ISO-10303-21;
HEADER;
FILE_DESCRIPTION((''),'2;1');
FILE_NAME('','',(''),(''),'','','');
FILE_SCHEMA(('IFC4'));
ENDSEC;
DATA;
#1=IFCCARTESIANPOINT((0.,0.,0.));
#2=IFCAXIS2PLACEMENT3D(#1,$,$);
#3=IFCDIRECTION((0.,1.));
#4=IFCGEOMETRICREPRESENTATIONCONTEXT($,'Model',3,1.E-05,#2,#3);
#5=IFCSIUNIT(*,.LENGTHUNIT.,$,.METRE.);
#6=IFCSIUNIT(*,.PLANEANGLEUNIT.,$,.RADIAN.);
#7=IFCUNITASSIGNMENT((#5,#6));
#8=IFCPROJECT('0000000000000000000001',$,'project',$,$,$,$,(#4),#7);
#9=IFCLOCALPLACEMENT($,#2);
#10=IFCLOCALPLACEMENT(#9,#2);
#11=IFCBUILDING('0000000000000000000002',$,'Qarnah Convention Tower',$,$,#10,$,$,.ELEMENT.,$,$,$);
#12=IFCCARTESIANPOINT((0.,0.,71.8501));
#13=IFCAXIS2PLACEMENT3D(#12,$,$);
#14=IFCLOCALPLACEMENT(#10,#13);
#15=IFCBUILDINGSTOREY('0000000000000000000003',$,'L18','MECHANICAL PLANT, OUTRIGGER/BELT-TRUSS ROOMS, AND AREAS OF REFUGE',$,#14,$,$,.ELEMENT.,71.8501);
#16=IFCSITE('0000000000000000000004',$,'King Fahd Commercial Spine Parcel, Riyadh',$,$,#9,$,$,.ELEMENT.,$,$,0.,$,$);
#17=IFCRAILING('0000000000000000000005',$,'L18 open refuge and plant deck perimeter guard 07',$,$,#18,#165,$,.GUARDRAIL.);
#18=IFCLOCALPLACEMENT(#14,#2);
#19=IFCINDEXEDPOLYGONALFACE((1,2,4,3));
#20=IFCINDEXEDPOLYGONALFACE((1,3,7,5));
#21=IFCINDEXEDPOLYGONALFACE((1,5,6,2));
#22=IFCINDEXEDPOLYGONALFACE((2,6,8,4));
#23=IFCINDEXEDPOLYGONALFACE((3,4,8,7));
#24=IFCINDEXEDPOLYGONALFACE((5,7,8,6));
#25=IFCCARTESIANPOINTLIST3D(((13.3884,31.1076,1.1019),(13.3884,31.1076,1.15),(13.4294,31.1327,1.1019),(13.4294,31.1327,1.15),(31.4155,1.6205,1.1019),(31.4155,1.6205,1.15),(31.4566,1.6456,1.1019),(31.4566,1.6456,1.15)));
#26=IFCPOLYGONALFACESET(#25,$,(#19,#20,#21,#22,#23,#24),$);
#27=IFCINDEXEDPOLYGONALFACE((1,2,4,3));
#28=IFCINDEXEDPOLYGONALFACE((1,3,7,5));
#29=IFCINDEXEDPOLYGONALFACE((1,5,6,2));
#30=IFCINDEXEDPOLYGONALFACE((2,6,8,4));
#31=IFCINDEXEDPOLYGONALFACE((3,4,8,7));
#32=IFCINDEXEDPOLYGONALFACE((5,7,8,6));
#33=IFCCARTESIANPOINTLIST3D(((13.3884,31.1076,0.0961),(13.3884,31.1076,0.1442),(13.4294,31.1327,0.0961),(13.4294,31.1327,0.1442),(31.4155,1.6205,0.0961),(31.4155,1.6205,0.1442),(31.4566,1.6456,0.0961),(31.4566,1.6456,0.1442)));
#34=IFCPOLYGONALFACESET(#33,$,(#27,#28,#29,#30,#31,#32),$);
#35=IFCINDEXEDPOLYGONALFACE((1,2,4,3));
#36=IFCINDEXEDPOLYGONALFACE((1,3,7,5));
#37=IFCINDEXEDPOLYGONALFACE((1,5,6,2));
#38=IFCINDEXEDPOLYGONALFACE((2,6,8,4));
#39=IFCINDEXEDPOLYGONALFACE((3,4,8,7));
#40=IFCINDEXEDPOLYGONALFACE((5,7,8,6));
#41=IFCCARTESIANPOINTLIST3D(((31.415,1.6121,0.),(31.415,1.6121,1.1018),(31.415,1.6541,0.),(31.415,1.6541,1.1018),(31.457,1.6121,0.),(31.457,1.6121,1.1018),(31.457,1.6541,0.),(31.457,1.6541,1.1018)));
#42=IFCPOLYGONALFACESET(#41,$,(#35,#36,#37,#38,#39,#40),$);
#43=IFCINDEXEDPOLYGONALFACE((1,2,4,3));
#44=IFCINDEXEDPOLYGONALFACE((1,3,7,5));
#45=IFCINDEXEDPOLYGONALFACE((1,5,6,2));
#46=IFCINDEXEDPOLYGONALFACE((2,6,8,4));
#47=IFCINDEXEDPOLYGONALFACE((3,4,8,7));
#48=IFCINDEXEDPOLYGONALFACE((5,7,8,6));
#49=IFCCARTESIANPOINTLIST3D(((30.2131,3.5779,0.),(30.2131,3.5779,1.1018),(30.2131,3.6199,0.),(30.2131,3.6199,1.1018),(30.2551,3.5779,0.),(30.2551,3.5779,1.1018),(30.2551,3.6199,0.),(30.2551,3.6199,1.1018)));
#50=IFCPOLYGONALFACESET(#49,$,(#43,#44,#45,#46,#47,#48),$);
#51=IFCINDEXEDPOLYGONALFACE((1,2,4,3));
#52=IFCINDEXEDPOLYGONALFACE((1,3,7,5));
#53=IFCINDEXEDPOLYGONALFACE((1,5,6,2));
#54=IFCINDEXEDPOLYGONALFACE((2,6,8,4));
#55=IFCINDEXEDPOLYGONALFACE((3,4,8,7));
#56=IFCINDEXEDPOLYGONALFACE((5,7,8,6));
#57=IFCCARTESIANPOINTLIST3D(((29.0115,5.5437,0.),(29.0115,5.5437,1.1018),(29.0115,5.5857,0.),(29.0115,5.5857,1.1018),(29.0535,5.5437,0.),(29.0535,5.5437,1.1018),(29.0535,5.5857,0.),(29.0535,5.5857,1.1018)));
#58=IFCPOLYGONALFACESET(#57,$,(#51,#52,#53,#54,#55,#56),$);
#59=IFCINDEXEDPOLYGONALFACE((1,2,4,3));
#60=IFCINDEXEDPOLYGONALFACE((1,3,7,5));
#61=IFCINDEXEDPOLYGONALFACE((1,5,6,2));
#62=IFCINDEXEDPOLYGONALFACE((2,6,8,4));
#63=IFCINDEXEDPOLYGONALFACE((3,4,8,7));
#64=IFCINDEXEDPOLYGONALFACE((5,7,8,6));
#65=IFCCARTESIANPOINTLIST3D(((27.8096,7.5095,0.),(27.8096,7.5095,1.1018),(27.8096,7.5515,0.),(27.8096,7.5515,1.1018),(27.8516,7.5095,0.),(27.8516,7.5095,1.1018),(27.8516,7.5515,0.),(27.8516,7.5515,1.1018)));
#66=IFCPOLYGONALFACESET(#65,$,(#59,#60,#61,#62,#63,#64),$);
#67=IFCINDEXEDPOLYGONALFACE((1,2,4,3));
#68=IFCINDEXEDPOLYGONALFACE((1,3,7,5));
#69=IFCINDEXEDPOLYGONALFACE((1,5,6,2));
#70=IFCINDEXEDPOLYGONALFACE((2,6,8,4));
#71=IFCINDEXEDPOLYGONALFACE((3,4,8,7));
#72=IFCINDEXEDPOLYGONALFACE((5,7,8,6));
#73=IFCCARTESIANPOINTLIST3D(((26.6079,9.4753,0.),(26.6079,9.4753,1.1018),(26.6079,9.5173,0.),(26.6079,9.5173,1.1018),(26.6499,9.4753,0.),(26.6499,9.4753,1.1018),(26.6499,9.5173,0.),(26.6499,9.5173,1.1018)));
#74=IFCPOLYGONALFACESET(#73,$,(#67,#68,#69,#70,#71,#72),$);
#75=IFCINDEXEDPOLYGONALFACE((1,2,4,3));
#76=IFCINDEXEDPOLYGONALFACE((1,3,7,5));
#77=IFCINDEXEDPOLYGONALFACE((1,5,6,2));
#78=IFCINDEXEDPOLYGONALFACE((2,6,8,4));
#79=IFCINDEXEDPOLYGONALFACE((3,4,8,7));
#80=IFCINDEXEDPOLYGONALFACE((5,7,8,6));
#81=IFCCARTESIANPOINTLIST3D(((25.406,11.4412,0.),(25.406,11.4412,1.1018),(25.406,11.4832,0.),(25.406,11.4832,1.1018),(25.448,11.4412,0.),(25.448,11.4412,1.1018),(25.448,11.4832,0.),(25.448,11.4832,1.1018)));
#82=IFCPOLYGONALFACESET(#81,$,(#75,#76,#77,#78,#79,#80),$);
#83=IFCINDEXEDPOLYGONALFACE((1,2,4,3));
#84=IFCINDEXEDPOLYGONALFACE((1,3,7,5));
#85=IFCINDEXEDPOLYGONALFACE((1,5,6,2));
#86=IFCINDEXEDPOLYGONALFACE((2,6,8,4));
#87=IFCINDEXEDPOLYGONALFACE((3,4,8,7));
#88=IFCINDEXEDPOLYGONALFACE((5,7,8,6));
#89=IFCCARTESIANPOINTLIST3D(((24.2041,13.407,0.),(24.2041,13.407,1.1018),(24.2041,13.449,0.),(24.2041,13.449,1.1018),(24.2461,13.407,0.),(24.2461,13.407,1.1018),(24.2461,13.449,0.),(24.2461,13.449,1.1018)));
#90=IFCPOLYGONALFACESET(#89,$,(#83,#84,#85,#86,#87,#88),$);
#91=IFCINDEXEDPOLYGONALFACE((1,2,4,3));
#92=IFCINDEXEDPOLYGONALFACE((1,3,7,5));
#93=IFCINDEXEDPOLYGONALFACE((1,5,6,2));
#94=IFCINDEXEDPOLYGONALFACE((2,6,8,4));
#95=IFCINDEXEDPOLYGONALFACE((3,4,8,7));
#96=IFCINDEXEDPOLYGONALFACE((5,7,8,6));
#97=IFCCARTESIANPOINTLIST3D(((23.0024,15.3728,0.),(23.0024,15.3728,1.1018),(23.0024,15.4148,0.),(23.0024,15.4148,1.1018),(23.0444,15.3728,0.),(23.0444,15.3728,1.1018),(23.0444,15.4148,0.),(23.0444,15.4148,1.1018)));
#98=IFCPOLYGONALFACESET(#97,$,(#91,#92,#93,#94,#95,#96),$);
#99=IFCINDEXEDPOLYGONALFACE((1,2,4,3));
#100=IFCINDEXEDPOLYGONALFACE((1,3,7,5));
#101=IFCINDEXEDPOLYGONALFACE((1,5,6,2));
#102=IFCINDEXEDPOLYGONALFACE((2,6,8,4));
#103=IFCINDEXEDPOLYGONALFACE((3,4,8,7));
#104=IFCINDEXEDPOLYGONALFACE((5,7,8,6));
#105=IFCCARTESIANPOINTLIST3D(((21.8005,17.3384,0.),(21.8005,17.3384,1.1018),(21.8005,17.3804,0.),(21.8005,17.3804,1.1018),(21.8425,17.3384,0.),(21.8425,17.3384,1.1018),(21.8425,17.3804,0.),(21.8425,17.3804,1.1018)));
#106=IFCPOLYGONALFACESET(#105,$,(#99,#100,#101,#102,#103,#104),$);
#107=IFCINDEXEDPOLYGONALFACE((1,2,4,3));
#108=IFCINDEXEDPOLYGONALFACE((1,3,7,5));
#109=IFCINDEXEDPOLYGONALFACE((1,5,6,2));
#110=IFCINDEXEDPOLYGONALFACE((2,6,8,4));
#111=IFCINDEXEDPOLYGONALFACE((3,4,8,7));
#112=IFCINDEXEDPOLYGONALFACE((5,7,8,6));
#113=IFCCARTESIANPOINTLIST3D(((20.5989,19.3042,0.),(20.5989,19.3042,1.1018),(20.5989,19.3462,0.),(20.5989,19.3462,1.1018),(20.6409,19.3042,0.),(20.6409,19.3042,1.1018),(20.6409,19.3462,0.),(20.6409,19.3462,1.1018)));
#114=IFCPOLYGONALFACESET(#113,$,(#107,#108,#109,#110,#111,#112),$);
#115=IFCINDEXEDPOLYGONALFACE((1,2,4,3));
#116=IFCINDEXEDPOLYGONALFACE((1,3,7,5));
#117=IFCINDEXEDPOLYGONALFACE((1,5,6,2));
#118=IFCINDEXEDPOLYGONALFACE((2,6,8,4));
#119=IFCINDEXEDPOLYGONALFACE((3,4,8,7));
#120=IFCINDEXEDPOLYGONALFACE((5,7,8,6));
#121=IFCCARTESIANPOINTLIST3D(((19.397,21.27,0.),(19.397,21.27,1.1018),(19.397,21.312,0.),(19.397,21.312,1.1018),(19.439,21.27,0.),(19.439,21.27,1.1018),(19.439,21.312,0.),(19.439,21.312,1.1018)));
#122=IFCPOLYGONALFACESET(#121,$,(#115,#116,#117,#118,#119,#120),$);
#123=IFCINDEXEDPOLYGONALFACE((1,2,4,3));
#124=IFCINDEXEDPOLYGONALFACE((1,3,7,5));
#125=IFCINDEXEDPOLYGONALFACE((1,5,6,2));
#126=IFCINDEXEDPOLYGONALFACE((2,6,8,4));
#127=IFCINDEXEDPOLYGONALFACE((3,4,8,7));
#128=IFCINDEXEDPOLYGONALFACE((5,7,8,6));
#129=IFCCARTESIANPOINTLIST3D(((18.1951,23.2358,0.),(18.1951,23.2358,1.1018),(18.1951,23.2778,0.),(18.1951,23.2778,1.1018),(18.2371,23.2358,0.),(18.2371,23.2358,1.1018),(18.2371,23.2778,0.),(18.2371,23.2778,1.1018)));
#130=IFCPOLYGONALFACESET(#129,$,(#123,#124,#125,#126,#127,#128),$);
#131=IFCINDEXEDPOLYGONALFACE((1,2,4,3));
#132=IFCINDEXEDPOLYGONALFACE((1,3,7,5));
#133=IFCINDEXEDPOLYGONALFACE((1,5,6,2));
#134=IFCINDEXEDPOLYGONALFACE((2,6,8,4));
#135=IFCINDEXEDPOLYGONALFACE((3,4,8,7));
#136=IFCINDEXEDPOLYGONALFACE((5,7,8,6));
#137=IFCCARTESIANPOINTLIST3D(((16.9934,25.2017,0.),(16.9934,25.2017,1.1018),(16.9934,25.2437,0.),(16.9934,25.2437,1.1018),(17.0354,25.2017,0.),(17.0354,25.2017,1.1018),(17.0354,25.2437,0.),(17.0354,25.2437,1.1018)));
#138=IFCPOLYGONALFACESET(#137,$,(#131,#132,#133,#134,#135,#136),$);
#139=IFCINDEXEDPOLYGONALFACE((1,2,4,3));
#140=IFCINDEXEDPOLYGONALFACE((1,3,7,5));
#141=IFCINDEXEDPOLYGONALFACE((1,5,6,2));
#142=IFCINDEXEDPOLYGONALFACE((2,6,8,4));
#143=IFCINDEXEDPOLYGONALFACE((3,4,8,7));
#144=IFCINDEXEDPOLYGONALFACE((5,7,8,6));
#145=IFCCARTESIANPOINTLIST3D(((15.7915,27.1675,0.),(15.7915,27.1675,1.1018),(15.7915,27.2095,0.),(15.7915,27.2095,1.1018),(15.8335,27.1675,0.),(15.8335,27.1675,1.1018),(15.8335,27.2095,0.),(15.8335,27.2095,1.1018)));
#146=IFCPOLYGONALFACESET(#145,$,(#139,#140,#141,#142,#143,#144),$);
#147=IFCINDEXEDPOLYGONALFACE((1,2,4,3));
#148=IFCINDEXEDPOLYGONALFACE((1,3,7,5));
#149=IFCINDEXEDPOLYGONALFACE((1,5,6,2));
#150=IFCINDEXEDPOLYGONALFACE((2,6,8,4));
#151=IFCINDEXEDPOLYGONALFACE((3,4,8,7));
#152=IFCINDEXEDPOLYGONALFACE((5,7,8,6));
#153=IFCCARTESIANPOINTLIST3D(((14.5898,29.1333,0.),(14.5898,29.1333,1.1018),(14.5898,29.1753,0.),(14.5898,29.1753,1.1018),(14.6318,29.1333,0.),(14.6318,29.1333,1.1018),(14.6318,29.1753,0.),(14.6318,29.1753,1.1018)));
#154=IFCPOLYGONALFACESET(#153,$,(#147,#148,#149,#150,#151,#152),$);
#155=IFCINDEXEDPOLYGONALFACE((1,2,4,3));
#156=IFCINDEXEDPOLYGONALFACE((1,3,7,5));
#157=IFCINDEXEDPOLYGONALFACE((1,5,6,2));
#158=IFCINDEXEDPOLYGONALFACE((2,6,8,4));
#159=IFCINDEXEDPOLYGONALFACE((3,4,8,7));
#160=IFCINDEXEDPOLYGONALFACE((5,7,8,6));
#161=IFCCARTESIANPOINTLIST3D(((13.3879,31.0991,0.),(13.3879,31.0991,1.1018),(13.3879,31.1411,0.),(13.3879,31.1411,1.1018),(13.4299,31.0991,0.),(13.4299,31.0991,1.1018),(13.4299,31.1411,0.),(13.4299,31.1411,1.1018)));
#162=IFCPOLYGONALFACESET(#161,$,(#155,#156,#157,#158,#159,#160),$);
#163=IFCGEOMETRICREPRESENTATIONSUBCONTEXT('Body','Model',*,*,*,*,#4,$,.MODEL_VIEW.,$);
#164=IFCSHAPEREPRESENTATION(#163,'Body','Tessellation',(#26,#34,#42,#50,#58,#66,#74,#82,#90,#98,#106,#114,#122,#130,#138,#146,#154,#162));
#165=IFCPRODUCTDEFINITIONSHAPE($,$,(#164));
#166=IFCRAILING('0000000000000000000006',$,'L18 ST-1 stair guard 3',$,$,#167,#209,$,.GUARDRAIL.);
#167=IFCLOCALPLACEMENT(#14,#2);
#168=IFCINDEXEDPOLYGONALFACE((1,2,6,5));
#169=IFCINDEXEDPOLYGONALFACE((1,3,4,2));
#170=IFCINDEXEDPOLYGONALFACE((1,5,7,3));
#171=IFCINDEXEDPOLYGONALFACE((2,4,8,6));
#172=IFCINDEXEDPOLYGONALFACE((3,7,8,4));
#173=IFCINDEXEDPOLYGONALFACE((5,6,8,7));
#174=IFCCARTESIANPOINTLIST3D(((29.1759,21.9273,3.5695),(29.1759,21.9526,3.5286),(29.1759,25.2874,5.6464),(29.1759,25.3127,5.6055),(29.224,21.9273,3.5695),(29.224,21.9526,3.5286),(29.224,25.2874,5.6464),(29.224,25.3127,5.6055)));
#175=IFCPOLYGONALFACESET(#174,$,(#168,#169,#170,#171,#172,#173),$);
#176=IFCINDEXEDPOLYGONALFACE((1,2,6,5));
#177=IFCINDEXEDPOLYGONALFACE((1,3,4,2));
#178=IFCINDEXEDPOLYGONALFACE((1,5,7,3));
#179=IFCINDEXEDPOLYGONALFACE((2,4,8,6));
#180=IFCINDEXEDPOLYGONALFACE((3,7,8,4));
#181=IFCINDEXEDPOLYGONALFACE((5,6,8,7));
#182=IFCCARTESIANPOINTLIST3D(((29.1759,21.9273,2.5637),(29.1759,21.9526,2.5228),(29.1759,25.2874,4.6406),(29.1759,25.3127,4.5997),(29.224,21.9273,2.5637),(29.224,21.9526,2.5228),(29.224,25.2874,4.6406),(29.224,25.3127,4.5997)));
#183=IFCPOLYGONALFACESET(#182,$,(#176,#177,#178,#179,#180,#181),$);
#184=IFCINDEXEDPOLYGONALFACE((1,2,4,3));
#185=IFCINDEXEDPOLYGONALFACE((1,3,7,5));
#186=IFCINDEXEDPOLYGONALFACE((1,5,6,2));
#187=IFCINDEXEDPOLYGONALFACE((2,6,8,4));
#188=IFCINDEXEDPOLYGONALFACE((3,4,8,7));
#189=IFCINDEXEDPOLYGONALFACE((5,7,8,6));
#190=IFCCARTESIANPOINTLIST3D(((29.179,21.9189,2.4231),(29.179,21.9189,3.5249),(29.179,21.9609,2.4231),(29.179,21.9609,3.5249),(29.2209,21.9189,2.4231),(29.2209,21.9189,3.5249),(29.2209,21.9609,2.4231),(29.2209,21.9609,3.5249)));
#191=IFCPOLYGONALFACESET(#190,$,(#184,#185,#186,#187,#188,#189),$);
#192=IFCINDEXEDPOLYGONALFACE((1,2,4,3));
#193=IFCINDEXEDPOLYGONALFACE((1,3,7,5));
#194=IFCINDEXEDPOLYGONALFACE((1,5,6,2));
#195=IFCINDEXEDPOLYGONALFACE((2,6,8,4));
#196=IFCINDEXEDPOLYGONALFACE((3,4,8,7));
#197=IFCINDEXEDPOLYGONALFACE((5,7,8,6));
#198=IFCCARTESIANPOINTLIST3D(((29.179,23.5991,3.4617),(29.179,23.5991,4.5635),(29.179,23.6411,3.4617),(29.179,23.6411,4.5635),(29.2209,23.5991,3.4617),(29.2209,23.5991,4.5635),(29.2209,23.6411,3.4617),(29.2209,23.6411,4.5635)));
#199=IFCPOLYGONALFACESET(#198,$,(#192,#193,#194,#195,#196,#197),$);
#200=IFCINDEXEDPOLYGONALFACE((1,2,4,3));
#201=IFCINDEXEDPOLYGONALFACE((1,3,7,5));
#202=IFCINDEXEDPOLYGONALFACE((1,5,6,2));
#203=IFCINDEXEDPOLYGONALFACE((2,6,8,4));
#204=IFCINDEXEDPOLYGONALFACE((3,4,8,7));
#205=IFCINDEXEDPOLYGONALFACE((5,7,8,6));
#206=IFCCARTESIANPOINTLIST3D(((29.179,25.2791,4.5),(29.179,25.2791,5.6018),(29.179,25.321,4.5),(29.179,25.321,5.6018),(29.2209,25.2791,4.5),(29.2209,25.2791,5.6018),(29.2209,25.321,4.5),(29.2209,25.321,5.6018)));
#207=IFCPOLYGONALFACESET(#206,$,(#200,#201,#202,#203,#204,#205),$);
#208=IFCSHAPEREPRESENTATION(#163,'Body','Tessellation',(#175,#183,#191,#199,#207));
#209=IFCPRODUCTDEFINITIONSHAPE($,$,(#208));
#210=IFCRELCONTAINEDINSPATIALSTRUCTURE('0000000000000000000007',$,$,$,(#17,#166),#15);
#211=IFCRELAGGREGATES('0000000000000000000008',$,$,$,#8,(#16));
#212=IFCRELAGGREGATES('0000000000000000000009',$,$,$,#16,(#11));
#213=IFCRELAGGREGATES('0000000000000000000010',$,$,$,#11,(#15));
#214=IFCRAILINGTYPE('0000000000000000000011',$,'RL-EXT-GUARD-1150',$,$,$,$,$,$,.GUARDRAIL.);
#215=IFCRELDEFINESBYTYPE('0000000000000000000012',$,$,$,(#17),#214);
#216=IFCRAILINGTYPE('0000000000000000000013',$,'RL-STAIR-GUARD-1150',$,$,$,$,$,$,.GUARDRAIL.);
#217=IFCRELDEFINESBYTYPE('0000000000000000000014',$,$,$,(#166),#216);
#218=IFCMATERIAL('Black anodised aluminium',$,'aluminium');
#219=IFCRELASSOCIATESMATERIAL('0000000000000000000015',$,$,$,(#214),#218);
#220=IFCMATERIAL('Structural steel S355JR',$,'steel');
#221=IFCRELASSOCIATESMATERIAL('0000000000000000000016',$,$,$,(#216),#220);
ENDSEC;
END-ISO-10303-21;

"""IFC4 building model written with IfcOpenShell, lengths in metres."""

from ifc_helpers import new_model, si_unit, direction, frame, origin, origin_2d, place, context, subcontext, project, spatial, rectangle, extrude, material, type_object, element, save


model = new_model("IFC4")

# Units and contexts
model_context = context("Model", 3, precision=1e-05, world=origin(), true_north=direction((0.0, 1.0)))
body_context = subcontext(model_context, "Body", "Model", "MODEL_VIEW")
ifc_project = project(units=[si_unit("LENGTHUNIT", "METRE"), si_unit("PLANEANGLEUNIT", "RADIAN")], contexts=[model_context])

# Site, building, storey
site_placement = place(None, origin())
site = spatial("IfcSite", under=ifc_project, at=site_placement, Name="King Fahd Commercial Spine Parcel, Riyadh", CompositionType="ELEMENT", RefElevation=0.0)
building_placement = place(site_placement, origin())
building = spatial("IfcBuilding", under=site, at=building_placement, Name="Qarnah Convention Tower", CompositionType="ELEMENT")
storey_placement = place(building_placement, frame((0.0, 0.0, 71.8501)))
storey = spatial("IfcBuildingStorey", under=building, at=storey_placement, Name="L18", Description="MECHANICAL PLANT, OUTRIGGER/BELT-TRUSS ROOMS, AND AREAS OF REFUGE", CompositionType="ELEMENT", Elevation=71.8501)

# Shared definitions
ifc_material_1 = material(Name="Structural steel S355JR", Category="steel")

# Railings
ifc_material_2 = material(Name="Black anodised aluminium", Category="aluminium")
railing_type_1 = type_object("IfcRailingType", Name="RL-EXT-GUARD-1150", PredefinedType="GUARDRAIL", material=ifc_material_2)
railing_1_placement = place(storey_placement, frame((31.436, 1.6331, 0.0)))
element("IfcRailing", 1, at=railing_1_placement, inside=storey, type_object=railing_type_1, Name="L18 open refuge and plant deck perimeter guard 07", PredefinedType="GUARDRAIL", context=body_context, shape_type="SweptSolid", body=[
    extrude(rectangle(XDim=0.0481, YDim=0.0481, at=origin_2d()), frame((0.0, 0.0, 1.126), z_axis=(-0.521602, 0.853189, 0.0), x_axis=(-0.853189, -0.521602, 0.0)), (0.0, 0.0, 1.0), 34.561),
    extrude(rectangle(XDim=0.0481, YDim=0.0481, at=origin_2d()), frame((0.0, 0.0, 0.1201), z_axis=(-0.521602, 0.853189, 0.0), x_axis=(-0.853189, -0.521602, 0.0)), (0.0, 0.0, 1.0), 34.561),
    extrude(rectangle(XDim=0.042, YDim=0.042, at=origin_2d()), origin(), (0.0, 0.0, 1.0), 1.1018),
    extrude(rectangle(XDim=0.042, YDim=0.042, at=origin_2d()), frame((-1.2019, 1.9658, 0.0)), (0.0, 0.0, 1.0), 1.1018),
    extrude(rectangle(XDim=0.042, YDim=0.042, at=origin_2d()), frame((-2.4036, 3.9316, 0.0)), (0.0, 0.0, 1.0), 1.1018),
    extrude(rectangle(XDim=0.042, YDim=0.042, at=origin_2d()), frame((-3.6055, 5.8975, 0.0)), (0.0, 0.0, 1.0), 1.1018),
    extrude(rectangle(XDim=0.042, YDim=0.042, at=origin_2d()), frame((-4.8071, 7.8633, 0.0)), (0.0, 0.0, 1.0), 1.1018),
    extrude(rectangle(XDim=0.042, YDim=0.042, at=origin_2d()), frame((-6.009, 9.8291, 0.0)), (0.0, 0.0, 1.0), 1.1018),
    extrude(rectangle(XDim=0.042, YDim=0.042, at=origin_2d()), frame((-7.2109, 11.7949, 0.0)), (0.0, 0.0, 1.0), 1.1018),
    extrude(rectangle(XDim=0.042, YDim=0.042, at=origin_2d()), frame((-8.4126, 13.7607, 0.0)), (0.0, 0.0, 1.0), 1.1018),
    extrude(rectangle(XDim=0.042, YDim=0.042, at=origin_2d()), frame((-9.6145, 15.7263, 0.0)), (0.0, 0.0, 1.0), 1.1018),
    extrude(rectangle(XDim=0.042, YDim=0.042, at=origin_2d()), frame((-10.8162, 17.6921, 0.0)), (0.0, 0.0, 1.0), 1.1018),
    extrude(rectangle(XDim=0.042, YDim=0.042, at=origin_2d()), frame((-12.0181, 19.658, 0.0)), (0.0, 0.0, 1.0), 1.1018),
    extrude(rectangle(XDim=0.042, YDim=0.042, at=origin_2d()), frame((-13.22, 21.6238, 0.0)), (0.0, 0.0, 1.0), 1.1018),
    extrude(rectangle(XDim=0.042, YDim=0.042, at=origin_2d()), frame((-14.4216, 23.5896, 0.0)), (0.0, 0.0, 1.0), 1.1018),
    extrude(rectangle(XDim=0.042, YDim=0.042, at=origin_2d()), frame((-15.6235, 25.5554, 0.0)), (0.0, 0.0, 1.0), 1.1018),
    extrude(rectangle(XDim=0.042, YDim=0.042, at=origin_2d()), frame((-16.8252, 27.5212, 0.0)), (0.0, 0.0, 1.0), 1.1018),
    extrude(rectangle(XDim=0.042, YDim=0.042, at=origin_2d()), frame((-18.0271, 29.4871, 0.0)), (0.0, 0.0, 1.0), 1.1018),
])
railing_type_2 = type_object("IfcRailingType", Name="RL-STAIR-GUARD-1150", PredefinedType="GUARDRAIL", material=ifc_material_1)
railing_2_placement = place(storey_placement, frame((29.2, 21.9399, 2.4231)))
element("IfcRailing", 2, at=railing_2_placement, inside=storey, type_object=railing_type_2, Name="L18 ST-1 stair guard 3", PredefinedType="GUARDRAIL", context=body_context, shape_type="SweptSolid", body=[
    extrude(rectangle(XDim=0.0481, YDim=0.0481, at=origin_2d()), frame((0.0, 0.0, 1.126), z_axis=(0.0, 0.850623, 0.525776), x_axis=(-1.0, 0.0, 0.0)), (0.0, 0.0, 1.0), 3.9502),
    extrude(rectangle(XDim=0.0481, YDim=0.0481, at=origin_2d()), frame((0.0, 0.0, 0.1201), z_axis=(0.0, 0.850623, 0.525776), x_axis=(-1.0, 0.0, 0.0)), (0.0, 0.0, 1.0), 3.9502),
    extrude(rectangle(XDim=0.042, YDim=0.042, at=origin_2d()), origin(), (0.0, 0.0, 1.0), 1.1018),
    extrude(rectangle(XDim=0.042, YDim=0.042, at=origin_2d()), frame((0.0, 1.6802, 1.0386)), (0.0, 0.0, 1.0), 1.1018),
    extrude(rectangle(XDim=0.042, YDim=0.042, at=origin_2d()), frame((0.0, 3.3601, 2.0769)), (0.0, 0.0, 1.0), 1.1018),
])

save(model, "model.ifc")
